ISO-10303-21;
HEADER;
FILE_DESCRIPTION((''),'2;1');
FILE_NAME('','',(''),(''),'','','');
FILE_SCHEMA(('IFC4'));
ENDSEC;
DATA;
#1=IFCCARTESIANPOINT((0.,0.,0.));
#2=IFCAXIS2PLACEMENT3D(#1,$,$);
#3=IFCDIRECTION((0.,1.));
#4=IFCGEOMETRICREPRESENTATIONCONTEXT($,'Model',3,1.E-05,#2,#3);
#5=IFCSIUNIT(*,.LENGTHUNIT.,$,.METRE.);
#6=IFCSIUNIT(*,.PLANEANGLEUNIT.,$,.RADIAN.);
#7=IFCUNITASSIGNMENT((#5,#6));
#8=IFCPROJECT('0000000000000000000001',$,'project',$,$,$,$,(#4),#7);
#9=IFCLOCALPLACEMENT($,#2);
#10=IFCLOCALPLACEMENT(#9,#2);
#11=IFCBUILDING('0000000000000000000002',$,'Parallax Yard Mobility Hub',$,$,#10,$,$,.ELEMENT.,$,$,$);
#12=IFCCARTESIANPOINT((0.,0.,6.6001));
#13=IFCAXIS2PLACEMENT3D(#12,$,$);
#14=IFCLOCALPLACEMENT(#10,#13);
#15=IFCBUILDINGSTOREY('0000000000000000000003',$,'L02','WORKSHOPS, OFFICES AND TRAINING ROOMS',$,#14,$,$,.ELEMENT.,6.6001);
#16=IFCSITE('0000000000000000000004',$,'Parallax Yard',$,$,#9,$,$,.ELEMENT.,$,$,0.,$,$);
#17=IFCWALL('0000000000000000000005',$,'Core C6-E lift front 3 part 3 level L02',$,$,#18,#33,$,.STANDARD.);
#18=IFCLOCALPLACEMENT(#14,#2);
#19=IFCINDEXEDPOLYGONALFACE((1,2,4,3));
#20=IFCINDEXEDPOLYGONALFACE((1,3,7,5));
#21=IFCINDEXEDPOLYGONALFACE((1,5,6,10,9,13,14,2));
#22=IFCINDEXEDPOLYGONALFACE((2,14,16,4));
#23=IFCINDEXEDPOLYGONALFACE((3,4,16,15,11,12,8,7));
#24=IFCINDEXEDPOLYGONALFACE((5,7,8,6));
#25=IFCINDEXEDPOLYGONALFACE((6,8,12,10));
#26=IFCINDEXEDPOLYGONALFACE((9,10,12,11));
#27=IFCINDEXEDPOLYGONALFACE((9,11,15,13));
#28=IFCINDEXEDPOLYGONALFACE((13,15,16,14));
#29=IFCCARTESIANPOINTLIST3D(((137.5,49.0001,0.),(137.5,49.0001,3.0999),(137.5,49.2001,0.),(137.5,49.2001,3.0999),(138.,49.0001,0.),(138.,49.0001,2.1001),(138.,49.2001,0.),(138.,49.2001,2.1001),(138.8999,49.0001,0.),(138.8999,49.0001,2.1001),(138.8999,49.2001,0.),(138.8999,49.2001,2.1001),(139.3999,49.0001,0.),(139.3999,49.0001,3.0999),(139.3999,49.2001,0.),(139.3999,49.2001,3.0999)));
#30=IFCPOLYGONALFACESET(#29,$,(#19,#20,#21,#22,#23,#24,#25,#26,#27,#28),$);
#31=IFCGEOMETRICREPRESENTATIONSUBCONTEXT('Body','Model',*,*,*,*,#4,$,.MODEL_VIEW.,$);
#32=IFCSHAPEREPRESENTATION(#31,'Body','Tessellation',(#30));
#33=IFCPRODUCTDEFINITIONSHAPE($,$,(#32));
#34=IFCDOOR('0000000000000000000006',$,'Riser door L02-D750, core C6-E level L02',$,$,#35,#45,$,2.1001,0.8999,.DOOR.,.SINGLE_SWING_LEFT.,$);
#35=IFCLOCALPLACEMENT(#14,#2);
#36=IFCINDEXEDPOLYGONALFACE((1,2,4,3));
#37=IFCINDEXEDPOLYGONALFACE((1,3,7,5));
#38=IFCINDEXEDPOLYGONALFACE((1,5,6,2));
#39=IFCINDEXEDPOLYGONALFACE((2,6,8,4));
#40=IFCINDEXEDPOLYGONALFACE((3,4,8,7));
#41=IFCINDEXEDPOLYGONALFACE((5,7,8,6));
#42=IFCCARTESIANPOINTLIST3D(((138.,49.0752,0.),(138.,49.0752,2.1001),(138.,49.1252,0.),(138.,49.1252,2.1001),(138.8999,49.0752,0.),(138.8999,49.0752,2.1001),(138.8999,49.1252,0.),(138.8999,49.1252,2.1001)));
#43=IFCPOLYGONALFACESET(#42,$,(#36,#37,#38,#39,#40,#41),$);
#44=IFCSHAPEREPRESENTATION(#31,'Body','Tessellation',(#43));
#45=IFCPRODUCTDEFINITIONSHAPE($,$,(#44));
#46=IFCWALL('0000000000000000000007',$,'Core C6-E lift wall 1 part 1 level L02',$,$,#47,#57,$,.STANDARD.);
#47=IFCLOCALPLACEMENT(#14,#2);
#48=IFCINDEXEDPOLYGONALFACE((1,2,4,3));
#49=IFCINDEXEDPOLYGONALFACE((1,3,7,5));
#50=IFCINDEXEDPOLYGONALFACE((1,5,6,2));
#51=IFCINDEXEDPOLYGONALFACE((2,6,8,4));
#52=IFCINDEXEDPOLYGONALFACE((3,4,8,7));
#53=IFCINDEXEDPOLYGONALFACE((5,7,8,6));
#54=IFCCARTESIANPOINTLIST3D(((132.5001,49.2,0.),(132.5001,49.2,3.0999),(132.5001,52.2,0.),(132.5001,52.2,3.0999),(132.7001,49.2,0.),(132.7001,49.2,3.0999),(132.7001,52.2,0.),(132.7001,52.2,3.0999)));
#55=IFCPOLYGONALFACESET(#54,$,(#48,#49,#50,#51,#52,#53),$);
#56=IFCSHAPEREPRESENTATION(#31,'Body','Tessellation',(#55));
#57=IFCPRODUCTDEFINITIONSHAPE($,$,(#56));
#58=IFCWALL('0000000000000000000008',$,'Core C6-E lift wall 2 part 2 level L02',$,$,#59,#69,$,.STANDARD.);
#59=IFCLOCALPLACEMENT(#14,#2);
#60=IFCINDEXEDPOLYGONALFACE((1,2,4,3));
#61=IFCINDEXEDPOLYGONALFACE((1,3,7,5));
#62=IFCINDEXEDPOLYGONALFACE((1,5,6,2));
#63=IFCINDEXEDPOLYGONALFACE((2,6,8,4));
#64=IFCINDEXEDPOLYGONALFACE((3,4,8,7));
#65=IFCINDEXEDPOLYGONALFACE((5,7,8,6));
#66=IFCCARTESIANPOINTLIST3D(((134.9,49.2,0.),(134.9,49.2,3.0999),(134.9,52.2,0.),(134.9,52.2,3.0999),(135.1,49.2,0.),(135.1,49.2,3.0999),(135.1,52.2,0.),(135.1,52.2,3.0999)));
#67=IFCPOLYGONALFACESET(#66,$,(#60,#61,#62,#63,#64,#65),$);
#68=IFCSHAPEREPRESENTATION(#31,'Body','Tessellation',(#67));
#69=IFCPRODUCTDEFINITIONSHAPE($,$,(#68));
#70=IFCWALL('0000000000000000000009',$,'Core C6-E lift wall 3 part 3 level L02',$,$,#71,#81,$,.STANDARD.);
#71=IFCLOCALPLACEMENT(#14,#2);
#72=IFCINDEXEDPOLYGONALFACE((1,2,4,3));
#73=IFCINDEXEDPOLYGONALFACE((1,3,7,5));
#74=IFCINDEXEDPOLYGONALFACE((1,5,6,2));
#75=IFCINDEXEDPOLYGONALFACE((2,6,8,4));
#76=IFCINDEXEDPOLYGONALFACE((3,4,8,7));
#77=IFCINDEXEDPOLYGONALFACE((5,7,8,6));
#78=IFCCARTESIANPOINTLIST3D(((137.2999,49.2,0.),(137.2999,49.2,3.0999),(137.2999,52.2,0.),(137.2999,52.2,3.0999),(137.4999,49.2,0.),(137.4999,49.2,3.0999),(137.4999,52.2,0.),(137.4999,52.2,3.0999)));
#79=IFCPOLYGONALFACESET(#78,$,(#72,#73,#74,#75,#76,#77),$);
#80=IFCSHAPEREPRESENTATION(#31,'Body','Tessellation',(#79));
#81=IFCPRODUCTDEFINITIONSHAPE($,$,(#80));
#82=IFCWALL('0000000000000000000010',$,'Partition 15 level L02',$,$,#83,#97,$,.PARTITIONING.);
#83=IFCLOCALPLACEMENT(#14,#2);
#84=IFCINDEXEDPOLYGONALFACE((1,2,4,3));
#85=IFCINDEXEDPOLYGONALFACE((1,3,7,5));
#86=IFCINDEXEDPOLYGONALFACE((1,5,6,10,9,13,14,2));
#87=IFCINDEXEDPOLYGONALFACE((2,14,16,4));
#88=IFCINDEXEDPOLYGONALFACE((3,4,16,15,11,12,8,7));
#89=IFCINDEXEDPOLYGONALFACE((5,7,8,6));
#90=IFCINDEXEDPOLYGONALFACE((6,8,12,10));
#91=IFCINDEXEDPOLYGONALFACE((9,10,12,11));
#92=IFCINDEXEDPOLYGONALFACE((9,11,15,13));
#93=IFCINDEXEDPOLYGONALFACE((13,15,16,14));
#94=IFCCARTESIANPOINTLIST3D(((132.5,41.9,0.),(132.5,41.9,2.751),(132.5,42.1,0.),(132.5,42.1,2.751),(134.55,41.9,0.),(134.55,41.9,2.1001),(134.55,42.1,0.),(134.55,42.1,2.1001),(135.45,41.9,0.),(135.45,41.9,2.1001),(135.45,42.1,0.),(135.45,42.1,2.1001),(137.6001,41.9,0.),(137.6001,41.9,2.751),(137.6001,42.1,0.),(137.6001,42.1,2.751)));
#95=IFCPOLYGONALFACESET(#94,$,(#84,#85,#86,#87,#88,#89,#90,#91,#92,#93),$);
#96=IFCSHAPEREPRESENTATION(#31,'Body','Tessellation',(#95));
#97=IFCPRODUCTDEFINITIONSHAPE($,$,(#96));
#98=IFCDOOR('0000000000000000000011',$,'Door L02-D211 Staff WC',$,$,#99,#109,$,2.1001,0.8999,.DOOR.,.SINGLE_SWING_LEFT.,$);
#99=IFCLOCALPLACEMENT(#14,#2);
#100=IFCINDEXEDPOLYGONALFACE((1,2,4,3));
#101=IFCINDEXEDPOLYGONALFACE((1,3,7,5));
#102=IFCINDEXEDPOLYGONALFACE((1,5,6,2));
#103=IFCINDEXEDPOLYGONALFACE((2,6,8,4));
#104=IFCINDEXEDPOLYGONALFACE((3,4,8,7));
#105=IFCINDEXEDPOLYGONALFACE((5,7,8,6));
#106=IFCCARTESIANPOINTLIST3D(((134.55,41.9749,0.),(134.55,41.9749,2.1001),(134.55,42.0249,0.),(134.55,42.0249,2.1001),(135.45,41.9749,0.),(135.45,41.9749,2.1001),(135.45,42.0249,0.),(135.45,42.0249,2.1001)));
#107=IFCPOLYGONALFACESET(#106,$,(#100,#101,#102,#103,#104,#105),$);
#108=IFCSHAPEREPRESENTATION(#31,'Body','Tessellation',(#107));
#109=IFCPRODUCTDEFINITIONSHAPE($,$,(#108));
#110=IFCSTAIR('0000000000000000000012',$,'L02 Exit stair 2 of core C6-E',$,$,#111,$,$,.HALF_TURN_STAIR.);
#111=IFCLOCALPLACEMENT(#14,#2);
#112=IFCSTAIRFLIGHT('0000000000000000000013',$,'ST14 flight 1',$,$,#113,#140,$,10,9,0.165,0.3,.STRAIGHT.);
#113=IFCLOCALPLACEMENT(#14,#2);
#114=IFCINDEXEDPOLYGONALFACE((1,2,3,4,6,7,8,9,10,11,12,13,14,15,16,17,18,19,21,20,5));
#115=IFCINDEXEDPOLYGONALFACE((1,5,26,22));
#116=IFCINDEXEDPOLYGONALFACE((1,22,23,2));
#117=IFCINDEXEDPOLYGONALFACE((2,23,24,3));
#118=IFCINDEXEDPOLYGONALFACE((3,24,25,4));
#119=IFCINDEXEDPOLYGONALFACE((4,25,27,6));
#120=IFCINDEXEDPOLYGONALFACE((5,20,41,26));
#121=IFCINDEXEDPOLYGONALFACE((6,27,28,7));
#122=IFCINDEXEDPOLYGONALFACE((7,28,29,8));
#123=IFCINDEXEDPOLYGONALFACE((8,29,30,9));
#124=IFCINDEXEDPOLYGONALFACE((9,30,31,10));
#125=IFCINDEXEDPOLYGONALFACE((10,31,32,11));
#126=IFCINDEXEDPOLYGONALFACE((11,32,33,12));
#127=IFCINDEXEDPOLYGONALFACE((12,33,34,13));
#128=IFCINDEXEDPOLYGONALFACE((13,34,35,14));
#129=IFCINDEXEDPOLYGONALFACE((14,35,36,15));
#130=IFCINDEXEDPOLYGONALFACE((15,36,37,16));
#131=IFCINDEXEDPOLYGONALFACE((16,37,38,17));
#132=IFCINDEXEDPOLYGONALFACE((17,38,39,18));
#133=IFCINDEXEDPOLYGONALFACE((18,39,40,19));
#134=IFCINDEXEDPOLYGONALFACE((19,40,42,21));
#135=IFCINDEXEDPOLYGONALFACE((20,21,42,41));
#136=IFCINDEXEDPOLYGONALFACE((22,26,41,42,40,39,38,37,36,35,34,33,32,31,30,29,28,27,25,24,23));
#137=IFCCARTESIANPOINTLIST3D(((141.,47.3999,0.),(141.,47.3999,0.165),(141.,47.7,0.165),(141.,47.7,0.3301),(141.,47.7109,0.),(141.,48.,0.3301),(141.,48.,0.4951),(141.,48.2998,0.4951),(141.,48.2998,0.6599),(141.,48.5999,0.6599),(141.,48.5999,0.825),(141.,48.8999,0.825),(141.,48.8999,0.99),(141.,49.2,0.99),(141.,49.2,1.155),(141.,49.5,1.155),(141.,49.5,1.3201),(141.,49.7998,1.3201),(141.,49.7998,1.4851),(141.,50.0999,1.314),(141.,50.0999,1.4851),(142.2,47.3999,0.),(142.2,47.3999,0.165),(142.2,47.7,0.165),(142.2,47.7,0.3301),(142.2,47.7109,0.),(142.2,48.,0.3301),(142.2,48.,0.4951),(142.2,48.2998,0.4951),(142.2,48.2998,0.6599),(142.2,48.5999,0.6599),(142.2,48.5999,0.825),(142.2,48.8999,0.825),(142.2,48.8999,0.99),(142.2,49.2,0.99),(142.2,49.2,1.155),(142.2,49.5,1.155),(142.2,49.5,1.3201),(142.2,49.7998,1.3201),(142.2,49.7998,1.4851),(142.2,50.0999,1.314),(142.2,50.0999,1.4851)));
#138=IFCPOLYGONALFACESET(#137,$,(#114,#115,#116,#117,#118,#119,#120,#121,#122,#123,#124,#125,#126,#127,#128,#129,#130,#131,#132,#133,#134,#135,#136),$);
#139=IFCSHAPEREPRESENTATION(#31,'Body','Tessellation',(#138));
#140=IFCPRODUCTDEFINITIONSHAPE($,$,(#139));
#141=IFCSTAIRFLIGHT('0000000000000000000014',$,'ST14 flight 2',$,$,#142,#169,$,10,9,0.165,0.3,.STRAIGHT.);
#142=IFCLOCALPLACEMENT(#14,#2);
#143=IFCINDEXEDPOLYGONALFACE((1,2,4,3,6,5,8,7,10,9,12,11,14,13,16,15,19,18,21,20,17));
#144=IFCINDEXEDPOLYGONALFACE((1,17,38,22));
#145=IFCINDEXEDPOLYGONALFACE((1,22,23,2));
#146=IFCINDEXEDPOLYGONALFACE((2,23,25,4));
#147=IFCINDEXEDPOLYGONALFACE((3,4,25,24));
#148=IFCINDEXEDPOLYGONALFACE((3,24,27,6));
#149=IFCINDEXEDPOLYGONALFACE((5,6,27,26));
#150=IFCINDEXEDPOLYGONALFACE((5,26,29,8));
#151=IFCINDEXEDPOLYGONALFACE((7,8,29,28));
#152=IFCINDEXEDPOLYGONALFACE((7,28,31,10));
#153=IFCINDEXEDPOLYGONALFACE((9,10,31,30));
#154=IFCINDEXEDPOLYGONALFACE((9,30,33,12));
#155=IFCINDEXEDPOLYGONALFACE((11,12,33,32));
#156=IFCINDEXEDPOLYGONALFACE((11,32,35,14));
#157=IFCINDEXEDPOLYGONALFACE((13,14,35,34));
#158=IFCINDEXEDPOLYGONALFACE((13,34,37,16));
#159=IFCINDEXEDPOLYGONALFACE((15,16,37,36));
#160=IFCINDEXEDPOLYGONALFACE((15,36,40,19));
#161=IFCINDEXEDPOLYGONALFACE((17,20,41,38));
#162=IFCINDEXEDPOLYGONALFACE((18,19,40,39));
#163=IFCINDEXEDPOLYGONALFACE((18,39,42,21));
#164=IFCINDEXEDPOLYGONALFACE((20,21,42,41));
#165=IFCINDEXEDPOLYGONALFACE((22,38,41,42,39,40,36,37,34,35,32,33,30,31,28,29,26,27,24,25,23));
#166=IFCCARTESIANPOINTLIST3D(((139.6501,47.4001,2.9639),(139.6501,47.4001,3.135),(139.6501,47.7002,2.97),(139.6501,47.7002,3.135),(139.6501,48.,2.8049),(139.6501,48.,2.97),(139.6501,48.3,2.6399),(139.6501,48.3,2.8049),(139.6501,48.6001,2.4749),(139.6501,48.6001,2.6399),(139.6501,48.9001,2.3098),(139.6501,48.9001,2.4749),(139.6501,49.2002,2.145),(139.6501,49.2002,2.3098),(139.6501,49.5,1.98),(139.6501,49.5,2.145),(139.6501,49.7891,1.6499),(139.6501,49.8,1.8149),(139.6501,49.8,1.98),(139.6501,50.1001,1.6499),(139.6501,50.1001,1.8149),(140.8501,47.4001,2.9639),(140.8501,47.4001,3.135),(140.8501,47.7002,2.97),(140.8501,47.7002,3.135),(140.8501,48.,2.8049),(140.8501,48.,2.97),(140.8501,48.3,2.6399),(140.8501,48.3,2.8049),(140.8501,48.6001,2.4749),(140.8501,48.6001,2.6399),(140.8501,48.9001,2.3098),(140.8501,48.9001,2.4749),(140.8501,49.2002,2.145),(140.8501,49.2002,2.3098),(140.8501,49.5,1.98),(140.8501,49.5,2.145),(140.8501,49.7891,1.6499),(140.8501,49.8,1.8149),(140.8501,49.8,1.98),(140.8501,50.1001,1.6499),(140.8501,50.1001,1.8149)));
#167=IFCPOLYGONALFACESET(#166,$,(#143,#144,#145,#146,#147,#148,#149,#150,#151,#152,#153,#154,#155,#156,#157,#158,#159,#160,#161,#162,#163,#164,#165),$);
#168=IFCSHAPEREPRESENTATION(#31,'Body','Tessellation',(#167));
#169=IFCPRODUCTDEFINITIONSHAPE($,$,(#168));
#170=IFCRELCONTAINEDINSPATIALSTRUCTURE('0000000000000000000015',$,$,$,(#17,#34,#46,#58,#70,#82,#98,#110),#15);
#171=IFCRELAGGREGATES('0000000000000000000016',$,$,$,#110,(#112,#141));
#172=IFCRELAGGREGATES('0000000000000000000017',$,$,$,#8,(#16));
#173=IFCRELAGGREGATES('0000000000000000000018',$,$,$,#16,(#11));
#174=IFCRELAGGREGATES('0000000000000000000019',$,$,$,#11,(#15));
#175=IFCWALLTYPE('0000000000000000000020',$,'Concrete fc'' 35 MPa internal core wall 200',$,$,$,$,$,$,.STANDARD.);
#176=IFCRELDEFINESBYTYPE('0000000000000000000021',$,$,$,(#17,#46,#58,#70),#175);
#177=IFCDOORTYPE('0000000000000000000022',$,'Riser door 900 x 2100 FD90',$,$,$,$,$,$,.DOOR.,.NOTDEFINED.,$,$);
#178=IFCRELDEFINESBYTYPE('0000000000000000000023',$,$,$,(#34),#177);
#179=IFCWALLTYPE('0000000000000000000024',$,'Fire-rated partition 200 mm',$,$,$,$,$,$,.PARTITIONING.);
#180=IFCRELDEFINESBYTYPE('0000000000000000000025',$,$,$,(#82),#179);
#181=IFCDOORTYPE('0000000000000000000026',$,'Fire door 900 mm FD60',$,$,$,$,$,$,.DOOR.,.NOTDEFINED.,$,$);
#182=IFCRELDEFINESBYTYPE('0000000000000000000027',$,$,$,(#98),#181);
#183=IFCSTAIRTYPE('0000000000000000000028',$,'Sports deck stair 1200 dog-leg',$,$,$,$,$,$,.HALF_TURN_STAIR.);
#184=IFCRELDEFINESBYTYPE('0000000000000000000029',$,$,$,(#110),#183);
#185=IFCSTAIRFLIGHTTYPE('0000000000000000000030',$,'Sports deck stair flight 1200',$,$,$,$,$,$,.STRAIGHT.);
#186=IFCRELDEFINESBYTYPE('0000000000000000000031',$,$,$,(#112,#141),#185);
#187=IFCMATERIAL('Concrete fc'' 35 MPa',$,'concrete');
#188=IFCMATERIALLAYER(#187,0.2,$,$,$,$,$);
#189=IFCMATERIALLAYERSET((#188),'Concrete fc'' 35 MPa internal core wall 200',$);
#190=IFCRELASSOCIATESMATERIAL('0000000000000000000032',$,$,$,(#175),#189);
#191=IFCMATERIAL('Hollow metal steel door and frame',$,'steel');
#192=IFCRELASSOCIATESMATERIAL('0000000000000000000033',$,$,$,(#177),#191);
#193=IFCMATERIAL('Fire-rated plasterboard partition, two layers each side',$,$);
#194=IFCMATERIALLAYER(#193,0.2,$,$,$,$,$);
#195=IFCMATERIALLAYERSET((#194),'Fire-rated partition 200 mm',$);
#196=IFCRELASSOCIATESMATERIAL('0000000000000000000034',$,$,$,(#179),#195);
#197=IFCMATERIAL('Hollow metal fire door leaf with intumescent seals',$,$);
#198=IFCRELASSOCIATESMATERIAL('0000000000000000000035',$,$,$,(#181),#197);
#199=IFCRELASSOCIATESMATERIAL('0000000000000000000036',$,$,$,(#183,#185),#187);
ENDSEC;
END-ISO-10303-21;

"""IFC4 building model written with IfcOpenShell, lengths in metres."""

from ifc_helpers import new_model, si_unit, direction, frame, frame_2d, origin, place, context, subcontext, project, spatial, polyline, rectangle, outline, extrude, material, layer, layer_set, type_object, element, fill, aggregate, save


model = new_model("IFC4")

# Units and contexts
model_context = context("Model", 3, precision=1e-05, world=origin(), true_north=direction((0.0, 1.0)))
body_context = subcontext(model_context, "Body", "Model", "MODEL_VIEW")
ifc_project = project(units=[si_unit("LENGTHUNIT", "METRE"), si_unit("PLANEANGLEUNIT", "RADIAN")], contexts=[model_context])

# Site, building, storey
site_placement = place(None, origin())
site = spatial("IfcSite", under=ifc_project, at=site_placement, Name="Parallax Yard", CompositionType="ELEMENT", RefElevation=0.0)
building_placement = place(site_placement, origin())
building = spatial("IfcBuilding", under=site, at=building_placement, Name="Parallax Yard Mobility Hub", CompositionType="ELEMENT")
storey_placement = place(building_placement, frame((0.0, 0.0, 6.6001)))
storey = spatial("IfcBuildingStorey", under=building, at=storey_placement, Name="L02", Description="WORKSHOPS, OFFICES AND TRAINING ROOMS", CompositionType="ELEMENT", Elevation=6.6001)

# Shared definitions
ifc_material_1 = material(Name="Concrete fc' 35 MPa", Category="concrete")
ifc_material_2 = material(Name="Hollow metal steel door and frame", Category="steel")

# Shared definitions
ifc_layer_1 = layer(ifc_material_1, 0.2)
ifc_layer_set_1 = layer_set([ifc_layer_1], Name="Concrete fc' 35 MPa internal core wall 200")
wall_type_1 = type_object("IfcWallType", Name="Concrete fc' 35 MPa internal core wall 200", PredefinedType="STANDARD", material=ifc_layer_set_1)
door_type_1 = type_object("IfcDoorType", Name="Riser door 900 x 2100 FD90", OperationType="NOTDEFINED", PredefinedType="DOOR", material=ifc_material_2)

# Wall, opening, door
wall_1_placement = place(storey_placement, frame((139.3999, 49.1001, 0.0), z_axis=(0.0, 0.0, 1.0), x_axis=(-1.0, 0.0, 0.0)))
wall_1 = element("IfcWall", 1, at=wall_1_placement, inside=storey, type_object=wall_type_1, Name="Core C6-E lift front 3 part 3 level L02", PredefinedType="STANDARD", context=body_context, shape_type="SweptSolid", body=[
    extrude(rectangle(XDim=1.8999, YDim=0.2, at=frame_2d((0.95, 0.0))), origin(), (0.0, 0.0, 1.0), 3.0999),
])
opening_1_placement = place(wall_1_placement, frame((0.5, 0.0, 0.0)))
opening_1 = element("IfcOpeningElement", 2, at=opening_1_placement, cuts=wall_1, PredefinedType="OPENING", context=body_context, shape_type="SweptSolid", body=[
    extrude(rectangle(XDim=0.8999, YDim=2.1001, at=frame_2d((0.45, 1.05))), frame((0.0, 0.1099, 0.0), z_axis=(0.0, -1.0, 0.0), x_axis=(1.0, 0.0, 0.0)), (0.0, 0.0, 1.0), 0.22),
])
door_1_placement = place(opening_1_placement, origin())
door_1 = element("IfcDoor", 3, at=door_1_placement, inside=storey, type_object=door_type_1, Name="Riser door L02-D750, core C6-E level L02", OperationType="SINGLE_SWING_LEFT", OverallHeight=2.1001, OverallWidth=0.8999, PredefinedType="DOOR", context=body_context, shape_type="SweptSolid", body=[
    extrude(rectangle(XDim=0.8999, YDim=2.1001, at=frame_2d((0.45, 1.05))), frame((0.0, 0.0249, 0.0), z_axis=(0.0, -1.0, 0.0), x_axis=(1.0, 0.0, 0.0)), (0.0, 0.0, 1.0), 0.05),
])
fill(opening_1, door_1)

# Walls
for number, where, z_axis, x_axis, name in (
    (4, (132.6001, 49.2, 0.0), (0.0, 0.0, 1.0), (0.0, 1.0, 0.0), "Core C6-E lift wall 1 part 1 level L02"),
    (5, (135.0, 49.2, 0.0), (0.0, 0.0, 1.0), (0.0, 1.0, 0.0), "Core C6-E lift wall 2 part 2 level L02"),
    (6, (137.3999, 49.2, 0.0), (0.0, 0.0, 1.0), (0.0, 1.0, 0.0), "Core C6-E lift wall 3 part 3 level L02"),
):
    element("IfcWall", number, at=place(storey_placement, frame(where, z_axis=z_axis, x_axis=x_axis)), inside=storey, type_object=wall_type_1, Name=name, PredefinedType="STANDARD", context=body_context, shape_type="SweptSolid", body=[
        extrude(rectangle(XDim=3.0, YDim=0.2, at=frame_2d((1.5, 0.0))), origin(), (0.0, 0.0, 1.0), 3.0999),
    ])

# Wall, opening, door
ifc_material_3 = material(Name="Fire-rated plasterboard partition, two layers each side")
ifc_layer_2 = layer(ifc_material_3, 0.2)
ifc_layer_set_2 = layer_set([ifc_layer_2], Name="Fire-rated partition 200 mm")
wall_type_2 = type_object("IfcWallType", Name="Fire-rated partition 200 mm", PredefinedType="PARTITIONING", material=ifc_layer_set_2)
wall_2_placement = place(storey_placement, frame((132.5, 42.0, 0.0), z_axis=(0.0, 0.0, 1.0), x_axis=(1.0, 0.0, 0.0)))
wall_2 = element("IfcWall", 7, at=wall_2_placement, inside=storey, type_object=wall_type_2, Name="Partition 15 level L02", PredefinedType="PARTITIONING", context=body_context, shape_type="SweptSolid", body=[
    extrude(rectangle(XDim=5.1001, YDim=0.2, at=frame_2d((2.55, 0.0))), origin(), (0.0, 0.0, 1.0), 2.751),
])
opening_2_placement = place(wall_2_placement, frame((2.05, 0.0, 0.0)))
opening_2 = element("IfcOpeningElement", 8, at=opening_2_placement, cuts=wall_2, PredefinedType="OPENING", context=body_context, shape_type="SweptSolid", body=[
    extrude(rectangle(XDim=0.8999, YDim=2.1001, at=frame_2d((0.45, 1.05))), frame((0.0, 0.1099, 0.0), z_axis=(0.0, -1.0, 0.0), x_axis=(1.0, 0.0, 0.0)), (0.0, 0.0, 1.0), 0.22),
])
ifc_material_4 = material(Name="Hollow metal fire door leaf with intumescent seals")
door_type_2 = type_object("IfcDoorType", Name="Fire door 900 mm FD60", OperationType="NOTDEFINED", PredefinedType="DOOR", material=ifc_material_4)
door_2_placement = place(opening_2_placement, origin())
door_2 = element("IfcDoor", 9, at=door_2_placement, inside=storey, type_object=door_type_2, Name="Door L02-D211 Staff WC", OperationType="SINGLE_SWING_LEFT", OverallHeight=2.1001, OverallWidth=0.8999, PredefinedType="DOOR", context=body_context, shape_type="SweptSolid", body=[
    extrude(rectangle(XDim=0.8999, YDim=2.1001, at=frame_2d((0.45, 1.05))), frame((0.0, 0.0249, 0.0), z_axis=(0.0, -1.0, 0.0), x_axis=(1.0, 0.0, 0.0)), (0.0, 0.0, 1.0), 0.05),
])
fill(opening_2, door_2)

# Stair, stair flights
stair_type = type_object("IfcStairType", Name="Sports deck stair 1200 dog-leg", PredefinedType="HALF_TURN_STAIR", material=ifc_material_1)
stair_placement = place(storey_placement, origin())
stair = element("IfcStair", 10, at=stair_placement, inside=storey, type_object=stair_type, Name="L02 Exit stair 2 of core C6-E", PredefinedType="HALF_TURN_STAIR")
stair_flight_type = type_object("IfcStairFlightType", Name="Sports deck stair flight 1200", PredefinedType="STRAIGHT", material=ifc_material_1)
stair_flight_1_placement = place(storey_placement, frame((141.6001, 47.3999, 0.0), z_axis=(0.0, 0.0, 1.0), x_axis=(0.0, 1.0, 0.0)))
stair_flight_1 = element("IfcStairFlight", 11, at=stair_flight_1_placement, type_object=stair_flight_type, Name="ST14 flight 1", NumberOfRisers=10, NumberOfTreads=9, PredefinedType="STRAIGHT", RiserHeight=0.165, TreadLength=0.3, context=body_context, shape_type="SweptSolid", body=[
    extrude(outline(polyline([(0.0, 0.0), (0.0, 0.165), (0.3, 0.165), (0.3, 0.3301), (0.6001, 0.3301), (0.6001, 0.4951), (0.8999, 0.4951), (0.8999, 0.6599), (1.2, 0.6599), (1.2, 0.825), (1.5, 0.825), (1.5, 0.99), (1.8, 0.99), (1.8, 1.155), (2.1001, 1.155), (2.1001, 1.3201), (2.3999, 1.3201), (2.3999, 1.4851), (2.7, 1.4851), (2.7, 1.6499), (2.7, 1.314), (0.311, 0.0), (0.0, 0.0)])), frame((0.0, 0.6001, 0.0), z_axis=(0.0, -1.0, 0.0), x_axis=(1.0, 0.0, 0.0)), (0.0, 0.0, 1.0), 1.2),
])
stair_flight_2_placement = place(storey_placement, frame((140.25, 50.1001, 1.6499), z_axis=(0.0, 0.0, 1.0), x_axis=(0.0, -1.0, 0.0)))
stair_flight_2 = element("IfcStairFlight", 12, at=stair_flight_2_placement, type_object=stair_flight_type, Name="ST14 flight 2", NumberOfRisers=10, NumberOfTreads=9, PredefinedType="STRAIGHT", RiserHeight=0.165, TreadLength=0.3, context=body_context, shape_type="SweptSolid", body=[
    extrude(outline(polyline([(0.0, 0.0), (0.0, 0.165), (0.3, 0.165), (0.3, 0.3301), (0.6001, 0.3301), (0.6001, 0.4951), (0.8999, 0.4951), (0.8999, 0.6599), (1.2, 0.6599), (1.2, 0.825), (1.5, 0.825), (1.5, 0.99), (1.8, 0.99), (1.8, 1.155), (2.1001, 1.155), (2.1001, 1.3201), (2.3999, 1.3201), (2.3999, 1.4851), (2.7, 1.4851), (2.7, 1.6499), (2.7, 1.314), (0.311, 0.0), (0.0, 0.0)])), frame((0.0, 0.6001, 0.0), z_axis=(0.0, -1.0, 0.0), x_axis=(1.0, 0.0, 0.0)), (0.0, 0.0, 1.0), 1.2),
])
aggregate(stair, [stair_flight_1, stair_flight_2])

save(model, "model.ifc")
